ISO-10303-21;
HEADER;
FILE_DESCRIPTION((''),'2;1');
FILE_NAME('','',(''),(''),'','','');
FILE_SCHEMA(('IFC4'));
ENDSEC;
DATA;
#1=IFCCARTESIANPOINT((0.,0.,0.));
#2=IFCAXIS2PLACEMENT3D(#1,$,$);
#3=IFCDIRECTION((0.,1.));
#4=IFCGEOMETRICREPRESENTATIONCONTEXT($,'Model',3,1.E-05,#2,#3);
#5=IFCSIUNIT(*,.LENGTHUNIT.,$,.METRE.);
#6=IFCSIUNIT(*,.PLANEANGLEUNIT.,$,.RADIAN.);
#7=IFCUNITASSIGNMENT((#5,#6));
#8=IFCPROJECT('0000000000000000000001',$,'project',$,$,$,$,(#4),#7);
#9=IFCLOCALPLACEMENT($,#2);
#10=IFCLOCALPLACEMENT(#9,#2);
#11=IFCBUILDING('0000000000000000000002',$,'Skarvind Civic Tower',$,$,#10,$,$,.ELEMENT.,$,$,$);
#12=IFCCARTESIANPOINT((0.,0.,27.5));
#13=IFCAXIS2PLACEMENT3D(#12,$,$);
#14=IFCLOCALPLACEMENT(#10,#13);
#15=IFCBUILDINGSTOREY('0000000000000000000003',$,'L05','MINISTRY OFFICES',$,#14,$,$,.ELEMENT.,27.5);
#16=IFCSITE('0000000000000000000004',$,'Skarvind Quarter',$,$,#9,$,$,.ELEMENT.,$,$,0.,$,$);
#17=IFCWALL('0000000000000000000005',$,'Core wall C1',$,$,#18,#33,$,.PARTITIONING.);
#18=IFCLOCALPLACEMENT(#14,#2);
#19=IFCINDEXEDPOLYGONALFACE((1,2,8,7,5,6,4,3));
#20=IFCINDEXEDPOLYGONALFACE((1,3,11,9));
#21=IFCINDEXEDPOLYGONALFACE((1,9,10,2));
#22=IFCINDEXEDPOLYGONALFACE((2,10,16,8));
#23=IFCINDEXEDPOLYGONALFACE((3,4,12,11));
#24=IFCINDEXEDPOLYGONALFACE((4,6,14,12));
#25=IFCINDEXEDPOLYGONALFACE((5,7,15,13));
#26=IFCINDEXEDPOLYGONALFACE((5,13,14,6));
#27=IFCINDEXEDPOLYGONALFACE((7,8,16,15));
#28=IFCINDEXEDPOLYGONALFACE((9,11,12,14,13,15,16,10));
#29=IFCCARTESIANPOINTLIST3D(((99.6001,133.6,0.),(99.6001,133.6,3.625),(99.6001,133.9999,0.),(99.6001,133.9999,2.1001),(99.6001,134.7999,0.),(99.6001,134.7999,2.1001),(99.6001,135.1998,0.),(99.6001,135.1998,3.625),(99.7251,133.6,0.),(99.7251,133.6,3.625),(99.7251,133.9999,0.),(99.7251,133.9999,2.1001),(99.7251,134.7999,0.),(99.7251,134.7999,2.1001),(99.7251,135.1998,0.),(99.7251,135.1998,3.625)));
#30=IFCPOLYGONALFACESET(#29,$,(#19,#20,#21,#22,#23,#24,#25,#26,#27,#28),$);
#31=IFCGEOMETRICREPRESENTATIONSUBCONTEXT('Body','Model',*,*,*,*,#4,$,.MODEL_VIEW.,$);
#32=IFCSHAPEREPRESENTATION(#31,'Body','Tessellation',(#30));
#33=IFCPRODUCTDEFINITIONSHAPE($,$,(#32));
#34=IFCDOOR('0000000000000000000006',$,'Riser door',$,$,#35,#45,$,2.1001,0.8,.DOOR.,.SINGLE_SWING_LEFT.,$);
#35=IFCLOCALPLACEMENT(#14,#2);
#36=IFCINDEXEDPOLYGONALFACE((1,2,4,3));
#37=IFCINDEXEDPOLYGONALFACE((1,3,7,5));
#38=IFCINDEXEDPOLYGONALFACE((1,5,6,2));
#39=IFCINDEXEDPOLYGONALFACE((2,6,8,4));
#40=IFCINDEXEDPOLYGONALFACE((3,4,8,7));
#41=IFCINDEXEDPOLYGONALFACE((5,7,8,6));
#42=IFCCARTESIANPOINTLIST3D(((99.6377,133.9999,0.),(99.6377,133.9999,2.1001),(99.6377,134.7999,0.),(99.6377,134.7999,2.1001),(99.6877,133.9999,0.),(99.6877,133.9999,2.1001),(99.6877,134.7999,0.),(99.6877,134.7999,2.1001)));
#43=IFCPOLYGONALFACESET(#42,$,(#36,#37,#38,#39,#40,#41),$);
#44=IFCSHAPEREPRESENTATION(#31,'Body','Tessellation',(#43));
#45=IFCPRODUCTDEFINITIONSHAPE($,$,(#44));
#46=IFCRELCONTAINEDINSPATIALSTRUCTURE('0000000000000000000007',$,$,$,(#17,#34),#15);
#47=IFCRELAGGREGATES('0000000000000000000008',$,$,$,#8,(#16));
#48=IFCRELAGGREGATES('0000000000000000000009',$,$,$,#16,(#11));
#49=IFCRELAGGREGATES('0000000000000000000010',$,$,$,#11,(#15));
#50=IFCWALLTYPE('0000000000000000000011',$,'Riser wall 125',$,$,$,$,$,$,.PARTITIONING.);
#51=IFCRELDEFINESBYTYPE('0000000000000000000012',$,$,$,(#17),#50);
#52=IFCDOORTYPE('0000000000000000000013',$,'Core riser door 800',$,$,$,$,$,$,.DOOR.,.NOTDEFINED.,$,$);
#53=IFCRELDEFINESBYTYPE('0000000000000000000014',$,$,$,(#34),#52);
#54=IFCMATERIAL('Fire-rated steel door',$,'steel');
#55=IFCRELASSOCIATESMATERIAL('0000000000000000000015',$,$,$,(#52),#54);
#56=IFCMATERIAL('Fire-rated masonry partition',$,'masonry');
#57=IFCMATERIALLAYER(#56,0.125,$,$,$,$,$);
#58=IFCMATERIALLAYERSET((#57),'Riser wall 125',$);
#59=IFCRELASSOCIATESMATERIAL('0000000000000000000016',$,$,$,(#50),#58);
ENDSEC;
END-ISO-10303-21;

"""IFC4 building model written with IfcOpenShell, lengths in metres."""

from ifc_helpers import new_model, si_unit, direction, frame, frame_2d, origin, place, context, subcontext, project, spatial, rectangle, extrude, material, layer, layer_set, type_object, element, fill, save


model = new_model("IFC4")

# Units and contexts
model_context = context("Model", 3, precision=1e-05, world=origin(), true_north=direction((0.0, 1.0)))
body_context = subcontext(model_context, "Body", "Model", "MODEL_VIEW")
ifc_project = project(units=[si_unit("LENGTHUNIT", "METRE"), si_unit("PLANEANGLEUNIT", "RADIAN")], contexts=[model_context])

# Site, building, storey
site_placement = place(None, origin())
site = spatial("IfcSite", under=ifc_project, at=site_placement, Name="Skarvind Quarter", CompositionType="ELEMENT", RefElevation=0.0)
building_placement = place(site_placement, origin())
building = spatial("IfcBuilding", under=site, at=building_placement, Name="Skarvind Civic Tower", CompositionType="ELEMENT")
storey_placement = place(building_placement, frame((0.0, 0.0, 27.5)))
storey = spatial("IfcBuildingStorey", under=building, at=storey_placement, Name="L05", Description="MINISTRY OFFICES", CompositionType="ELEMENT", Elevation=27.5)

# Shared definitions
ifc_material_1 = material(Name="Fire-rated steel door", Category="steel")
door_type_1 = type_object("IfcDoorType", Name="Core riser door 800", OperationType="NOTDEFINED", PredefinedType="DOOR", material=ifc_material_1)

# Wall, opening, door
ifc_material_2 = material(Name="Fire-rated masonry partition", Category="masonry")
ifc_layer_1 = layer(ifc_material_2, 0.125)
ifc_layer_set_1 = layer_set([ifc_layer_1], Name="Riser wall 125")
wall_type_1 = type_object("IfcWallType", Name="Riser wall 125", PredefinedType="PARTITIONING", material=ifc_layer_set_1)
wall_1_placement = place(storey_placement, frame((99.6626, 133.6001, 0.0), z_axis=(0.0, 0.0, 1.0), x_axis=(0.0, 1.0, 0.0)))
wall_1 = element("IfcWall", 1, at=wall_1_placement, inside=storey, type_object=wall_type_1, Name="Core wall C1", PredefinedType="PARTITIONING", context=body_context, shape_type="SweptSolid", body=[
    extrude(rectangle(XDim=1.5999, YDim=0.125, at=frame_2d((0.7998, 0.0))), origin(), (0.0, 0.0, 1.0), 3.625),
])
opening_1_placement = place(wall_1_placement, frame((0.3999, 0.0, 0.0)))
opening_1 = element("IfcOpeningElement", 2, at=opening_1_placement, cuts=wall_1, PredefinedType="OPENING", context=body_context, shape_type="SweptSolid", body=[
    extrude(rectangle(XDim=0.8, YDim=2.1001, at=frame_2d((0.3999, 1.05))), frame((0.0, 0.0725, 0.0), z_axis=(0.0, -1.0, 0.0), x_axis=(1.0, 0.0, 0.0)), (0.0, 0.0, 1.0), 0.145),
])
door_1_placement = place(opening_1_placement, origin())
door_1 = element("IfcDoor", 3, at=door_1_placement, inside=storey, type_object=door_type_1, Name="Riser door", OperationType="SINGLE_SWING_LEFT", OverallHeight=2.1001, OverallWidth=0.8, PredefinedType="DOOR", context=body_context, shape_type="SweptSolid", body=[
    extrude(rectangle(XDim=0.8, YDim=2.1001, at=frame_2d((0.3999, 1.05))), frame((0.0, 0.0249, 0.0), z_axis=(0.0, -1.0, 0.0), x_axis=(1.0, 0.0, 0.0)), (0.0, 0.0, 1.0), 0.05),
])
fill(opening_1, door_1)

save(model, "model.ifc")
